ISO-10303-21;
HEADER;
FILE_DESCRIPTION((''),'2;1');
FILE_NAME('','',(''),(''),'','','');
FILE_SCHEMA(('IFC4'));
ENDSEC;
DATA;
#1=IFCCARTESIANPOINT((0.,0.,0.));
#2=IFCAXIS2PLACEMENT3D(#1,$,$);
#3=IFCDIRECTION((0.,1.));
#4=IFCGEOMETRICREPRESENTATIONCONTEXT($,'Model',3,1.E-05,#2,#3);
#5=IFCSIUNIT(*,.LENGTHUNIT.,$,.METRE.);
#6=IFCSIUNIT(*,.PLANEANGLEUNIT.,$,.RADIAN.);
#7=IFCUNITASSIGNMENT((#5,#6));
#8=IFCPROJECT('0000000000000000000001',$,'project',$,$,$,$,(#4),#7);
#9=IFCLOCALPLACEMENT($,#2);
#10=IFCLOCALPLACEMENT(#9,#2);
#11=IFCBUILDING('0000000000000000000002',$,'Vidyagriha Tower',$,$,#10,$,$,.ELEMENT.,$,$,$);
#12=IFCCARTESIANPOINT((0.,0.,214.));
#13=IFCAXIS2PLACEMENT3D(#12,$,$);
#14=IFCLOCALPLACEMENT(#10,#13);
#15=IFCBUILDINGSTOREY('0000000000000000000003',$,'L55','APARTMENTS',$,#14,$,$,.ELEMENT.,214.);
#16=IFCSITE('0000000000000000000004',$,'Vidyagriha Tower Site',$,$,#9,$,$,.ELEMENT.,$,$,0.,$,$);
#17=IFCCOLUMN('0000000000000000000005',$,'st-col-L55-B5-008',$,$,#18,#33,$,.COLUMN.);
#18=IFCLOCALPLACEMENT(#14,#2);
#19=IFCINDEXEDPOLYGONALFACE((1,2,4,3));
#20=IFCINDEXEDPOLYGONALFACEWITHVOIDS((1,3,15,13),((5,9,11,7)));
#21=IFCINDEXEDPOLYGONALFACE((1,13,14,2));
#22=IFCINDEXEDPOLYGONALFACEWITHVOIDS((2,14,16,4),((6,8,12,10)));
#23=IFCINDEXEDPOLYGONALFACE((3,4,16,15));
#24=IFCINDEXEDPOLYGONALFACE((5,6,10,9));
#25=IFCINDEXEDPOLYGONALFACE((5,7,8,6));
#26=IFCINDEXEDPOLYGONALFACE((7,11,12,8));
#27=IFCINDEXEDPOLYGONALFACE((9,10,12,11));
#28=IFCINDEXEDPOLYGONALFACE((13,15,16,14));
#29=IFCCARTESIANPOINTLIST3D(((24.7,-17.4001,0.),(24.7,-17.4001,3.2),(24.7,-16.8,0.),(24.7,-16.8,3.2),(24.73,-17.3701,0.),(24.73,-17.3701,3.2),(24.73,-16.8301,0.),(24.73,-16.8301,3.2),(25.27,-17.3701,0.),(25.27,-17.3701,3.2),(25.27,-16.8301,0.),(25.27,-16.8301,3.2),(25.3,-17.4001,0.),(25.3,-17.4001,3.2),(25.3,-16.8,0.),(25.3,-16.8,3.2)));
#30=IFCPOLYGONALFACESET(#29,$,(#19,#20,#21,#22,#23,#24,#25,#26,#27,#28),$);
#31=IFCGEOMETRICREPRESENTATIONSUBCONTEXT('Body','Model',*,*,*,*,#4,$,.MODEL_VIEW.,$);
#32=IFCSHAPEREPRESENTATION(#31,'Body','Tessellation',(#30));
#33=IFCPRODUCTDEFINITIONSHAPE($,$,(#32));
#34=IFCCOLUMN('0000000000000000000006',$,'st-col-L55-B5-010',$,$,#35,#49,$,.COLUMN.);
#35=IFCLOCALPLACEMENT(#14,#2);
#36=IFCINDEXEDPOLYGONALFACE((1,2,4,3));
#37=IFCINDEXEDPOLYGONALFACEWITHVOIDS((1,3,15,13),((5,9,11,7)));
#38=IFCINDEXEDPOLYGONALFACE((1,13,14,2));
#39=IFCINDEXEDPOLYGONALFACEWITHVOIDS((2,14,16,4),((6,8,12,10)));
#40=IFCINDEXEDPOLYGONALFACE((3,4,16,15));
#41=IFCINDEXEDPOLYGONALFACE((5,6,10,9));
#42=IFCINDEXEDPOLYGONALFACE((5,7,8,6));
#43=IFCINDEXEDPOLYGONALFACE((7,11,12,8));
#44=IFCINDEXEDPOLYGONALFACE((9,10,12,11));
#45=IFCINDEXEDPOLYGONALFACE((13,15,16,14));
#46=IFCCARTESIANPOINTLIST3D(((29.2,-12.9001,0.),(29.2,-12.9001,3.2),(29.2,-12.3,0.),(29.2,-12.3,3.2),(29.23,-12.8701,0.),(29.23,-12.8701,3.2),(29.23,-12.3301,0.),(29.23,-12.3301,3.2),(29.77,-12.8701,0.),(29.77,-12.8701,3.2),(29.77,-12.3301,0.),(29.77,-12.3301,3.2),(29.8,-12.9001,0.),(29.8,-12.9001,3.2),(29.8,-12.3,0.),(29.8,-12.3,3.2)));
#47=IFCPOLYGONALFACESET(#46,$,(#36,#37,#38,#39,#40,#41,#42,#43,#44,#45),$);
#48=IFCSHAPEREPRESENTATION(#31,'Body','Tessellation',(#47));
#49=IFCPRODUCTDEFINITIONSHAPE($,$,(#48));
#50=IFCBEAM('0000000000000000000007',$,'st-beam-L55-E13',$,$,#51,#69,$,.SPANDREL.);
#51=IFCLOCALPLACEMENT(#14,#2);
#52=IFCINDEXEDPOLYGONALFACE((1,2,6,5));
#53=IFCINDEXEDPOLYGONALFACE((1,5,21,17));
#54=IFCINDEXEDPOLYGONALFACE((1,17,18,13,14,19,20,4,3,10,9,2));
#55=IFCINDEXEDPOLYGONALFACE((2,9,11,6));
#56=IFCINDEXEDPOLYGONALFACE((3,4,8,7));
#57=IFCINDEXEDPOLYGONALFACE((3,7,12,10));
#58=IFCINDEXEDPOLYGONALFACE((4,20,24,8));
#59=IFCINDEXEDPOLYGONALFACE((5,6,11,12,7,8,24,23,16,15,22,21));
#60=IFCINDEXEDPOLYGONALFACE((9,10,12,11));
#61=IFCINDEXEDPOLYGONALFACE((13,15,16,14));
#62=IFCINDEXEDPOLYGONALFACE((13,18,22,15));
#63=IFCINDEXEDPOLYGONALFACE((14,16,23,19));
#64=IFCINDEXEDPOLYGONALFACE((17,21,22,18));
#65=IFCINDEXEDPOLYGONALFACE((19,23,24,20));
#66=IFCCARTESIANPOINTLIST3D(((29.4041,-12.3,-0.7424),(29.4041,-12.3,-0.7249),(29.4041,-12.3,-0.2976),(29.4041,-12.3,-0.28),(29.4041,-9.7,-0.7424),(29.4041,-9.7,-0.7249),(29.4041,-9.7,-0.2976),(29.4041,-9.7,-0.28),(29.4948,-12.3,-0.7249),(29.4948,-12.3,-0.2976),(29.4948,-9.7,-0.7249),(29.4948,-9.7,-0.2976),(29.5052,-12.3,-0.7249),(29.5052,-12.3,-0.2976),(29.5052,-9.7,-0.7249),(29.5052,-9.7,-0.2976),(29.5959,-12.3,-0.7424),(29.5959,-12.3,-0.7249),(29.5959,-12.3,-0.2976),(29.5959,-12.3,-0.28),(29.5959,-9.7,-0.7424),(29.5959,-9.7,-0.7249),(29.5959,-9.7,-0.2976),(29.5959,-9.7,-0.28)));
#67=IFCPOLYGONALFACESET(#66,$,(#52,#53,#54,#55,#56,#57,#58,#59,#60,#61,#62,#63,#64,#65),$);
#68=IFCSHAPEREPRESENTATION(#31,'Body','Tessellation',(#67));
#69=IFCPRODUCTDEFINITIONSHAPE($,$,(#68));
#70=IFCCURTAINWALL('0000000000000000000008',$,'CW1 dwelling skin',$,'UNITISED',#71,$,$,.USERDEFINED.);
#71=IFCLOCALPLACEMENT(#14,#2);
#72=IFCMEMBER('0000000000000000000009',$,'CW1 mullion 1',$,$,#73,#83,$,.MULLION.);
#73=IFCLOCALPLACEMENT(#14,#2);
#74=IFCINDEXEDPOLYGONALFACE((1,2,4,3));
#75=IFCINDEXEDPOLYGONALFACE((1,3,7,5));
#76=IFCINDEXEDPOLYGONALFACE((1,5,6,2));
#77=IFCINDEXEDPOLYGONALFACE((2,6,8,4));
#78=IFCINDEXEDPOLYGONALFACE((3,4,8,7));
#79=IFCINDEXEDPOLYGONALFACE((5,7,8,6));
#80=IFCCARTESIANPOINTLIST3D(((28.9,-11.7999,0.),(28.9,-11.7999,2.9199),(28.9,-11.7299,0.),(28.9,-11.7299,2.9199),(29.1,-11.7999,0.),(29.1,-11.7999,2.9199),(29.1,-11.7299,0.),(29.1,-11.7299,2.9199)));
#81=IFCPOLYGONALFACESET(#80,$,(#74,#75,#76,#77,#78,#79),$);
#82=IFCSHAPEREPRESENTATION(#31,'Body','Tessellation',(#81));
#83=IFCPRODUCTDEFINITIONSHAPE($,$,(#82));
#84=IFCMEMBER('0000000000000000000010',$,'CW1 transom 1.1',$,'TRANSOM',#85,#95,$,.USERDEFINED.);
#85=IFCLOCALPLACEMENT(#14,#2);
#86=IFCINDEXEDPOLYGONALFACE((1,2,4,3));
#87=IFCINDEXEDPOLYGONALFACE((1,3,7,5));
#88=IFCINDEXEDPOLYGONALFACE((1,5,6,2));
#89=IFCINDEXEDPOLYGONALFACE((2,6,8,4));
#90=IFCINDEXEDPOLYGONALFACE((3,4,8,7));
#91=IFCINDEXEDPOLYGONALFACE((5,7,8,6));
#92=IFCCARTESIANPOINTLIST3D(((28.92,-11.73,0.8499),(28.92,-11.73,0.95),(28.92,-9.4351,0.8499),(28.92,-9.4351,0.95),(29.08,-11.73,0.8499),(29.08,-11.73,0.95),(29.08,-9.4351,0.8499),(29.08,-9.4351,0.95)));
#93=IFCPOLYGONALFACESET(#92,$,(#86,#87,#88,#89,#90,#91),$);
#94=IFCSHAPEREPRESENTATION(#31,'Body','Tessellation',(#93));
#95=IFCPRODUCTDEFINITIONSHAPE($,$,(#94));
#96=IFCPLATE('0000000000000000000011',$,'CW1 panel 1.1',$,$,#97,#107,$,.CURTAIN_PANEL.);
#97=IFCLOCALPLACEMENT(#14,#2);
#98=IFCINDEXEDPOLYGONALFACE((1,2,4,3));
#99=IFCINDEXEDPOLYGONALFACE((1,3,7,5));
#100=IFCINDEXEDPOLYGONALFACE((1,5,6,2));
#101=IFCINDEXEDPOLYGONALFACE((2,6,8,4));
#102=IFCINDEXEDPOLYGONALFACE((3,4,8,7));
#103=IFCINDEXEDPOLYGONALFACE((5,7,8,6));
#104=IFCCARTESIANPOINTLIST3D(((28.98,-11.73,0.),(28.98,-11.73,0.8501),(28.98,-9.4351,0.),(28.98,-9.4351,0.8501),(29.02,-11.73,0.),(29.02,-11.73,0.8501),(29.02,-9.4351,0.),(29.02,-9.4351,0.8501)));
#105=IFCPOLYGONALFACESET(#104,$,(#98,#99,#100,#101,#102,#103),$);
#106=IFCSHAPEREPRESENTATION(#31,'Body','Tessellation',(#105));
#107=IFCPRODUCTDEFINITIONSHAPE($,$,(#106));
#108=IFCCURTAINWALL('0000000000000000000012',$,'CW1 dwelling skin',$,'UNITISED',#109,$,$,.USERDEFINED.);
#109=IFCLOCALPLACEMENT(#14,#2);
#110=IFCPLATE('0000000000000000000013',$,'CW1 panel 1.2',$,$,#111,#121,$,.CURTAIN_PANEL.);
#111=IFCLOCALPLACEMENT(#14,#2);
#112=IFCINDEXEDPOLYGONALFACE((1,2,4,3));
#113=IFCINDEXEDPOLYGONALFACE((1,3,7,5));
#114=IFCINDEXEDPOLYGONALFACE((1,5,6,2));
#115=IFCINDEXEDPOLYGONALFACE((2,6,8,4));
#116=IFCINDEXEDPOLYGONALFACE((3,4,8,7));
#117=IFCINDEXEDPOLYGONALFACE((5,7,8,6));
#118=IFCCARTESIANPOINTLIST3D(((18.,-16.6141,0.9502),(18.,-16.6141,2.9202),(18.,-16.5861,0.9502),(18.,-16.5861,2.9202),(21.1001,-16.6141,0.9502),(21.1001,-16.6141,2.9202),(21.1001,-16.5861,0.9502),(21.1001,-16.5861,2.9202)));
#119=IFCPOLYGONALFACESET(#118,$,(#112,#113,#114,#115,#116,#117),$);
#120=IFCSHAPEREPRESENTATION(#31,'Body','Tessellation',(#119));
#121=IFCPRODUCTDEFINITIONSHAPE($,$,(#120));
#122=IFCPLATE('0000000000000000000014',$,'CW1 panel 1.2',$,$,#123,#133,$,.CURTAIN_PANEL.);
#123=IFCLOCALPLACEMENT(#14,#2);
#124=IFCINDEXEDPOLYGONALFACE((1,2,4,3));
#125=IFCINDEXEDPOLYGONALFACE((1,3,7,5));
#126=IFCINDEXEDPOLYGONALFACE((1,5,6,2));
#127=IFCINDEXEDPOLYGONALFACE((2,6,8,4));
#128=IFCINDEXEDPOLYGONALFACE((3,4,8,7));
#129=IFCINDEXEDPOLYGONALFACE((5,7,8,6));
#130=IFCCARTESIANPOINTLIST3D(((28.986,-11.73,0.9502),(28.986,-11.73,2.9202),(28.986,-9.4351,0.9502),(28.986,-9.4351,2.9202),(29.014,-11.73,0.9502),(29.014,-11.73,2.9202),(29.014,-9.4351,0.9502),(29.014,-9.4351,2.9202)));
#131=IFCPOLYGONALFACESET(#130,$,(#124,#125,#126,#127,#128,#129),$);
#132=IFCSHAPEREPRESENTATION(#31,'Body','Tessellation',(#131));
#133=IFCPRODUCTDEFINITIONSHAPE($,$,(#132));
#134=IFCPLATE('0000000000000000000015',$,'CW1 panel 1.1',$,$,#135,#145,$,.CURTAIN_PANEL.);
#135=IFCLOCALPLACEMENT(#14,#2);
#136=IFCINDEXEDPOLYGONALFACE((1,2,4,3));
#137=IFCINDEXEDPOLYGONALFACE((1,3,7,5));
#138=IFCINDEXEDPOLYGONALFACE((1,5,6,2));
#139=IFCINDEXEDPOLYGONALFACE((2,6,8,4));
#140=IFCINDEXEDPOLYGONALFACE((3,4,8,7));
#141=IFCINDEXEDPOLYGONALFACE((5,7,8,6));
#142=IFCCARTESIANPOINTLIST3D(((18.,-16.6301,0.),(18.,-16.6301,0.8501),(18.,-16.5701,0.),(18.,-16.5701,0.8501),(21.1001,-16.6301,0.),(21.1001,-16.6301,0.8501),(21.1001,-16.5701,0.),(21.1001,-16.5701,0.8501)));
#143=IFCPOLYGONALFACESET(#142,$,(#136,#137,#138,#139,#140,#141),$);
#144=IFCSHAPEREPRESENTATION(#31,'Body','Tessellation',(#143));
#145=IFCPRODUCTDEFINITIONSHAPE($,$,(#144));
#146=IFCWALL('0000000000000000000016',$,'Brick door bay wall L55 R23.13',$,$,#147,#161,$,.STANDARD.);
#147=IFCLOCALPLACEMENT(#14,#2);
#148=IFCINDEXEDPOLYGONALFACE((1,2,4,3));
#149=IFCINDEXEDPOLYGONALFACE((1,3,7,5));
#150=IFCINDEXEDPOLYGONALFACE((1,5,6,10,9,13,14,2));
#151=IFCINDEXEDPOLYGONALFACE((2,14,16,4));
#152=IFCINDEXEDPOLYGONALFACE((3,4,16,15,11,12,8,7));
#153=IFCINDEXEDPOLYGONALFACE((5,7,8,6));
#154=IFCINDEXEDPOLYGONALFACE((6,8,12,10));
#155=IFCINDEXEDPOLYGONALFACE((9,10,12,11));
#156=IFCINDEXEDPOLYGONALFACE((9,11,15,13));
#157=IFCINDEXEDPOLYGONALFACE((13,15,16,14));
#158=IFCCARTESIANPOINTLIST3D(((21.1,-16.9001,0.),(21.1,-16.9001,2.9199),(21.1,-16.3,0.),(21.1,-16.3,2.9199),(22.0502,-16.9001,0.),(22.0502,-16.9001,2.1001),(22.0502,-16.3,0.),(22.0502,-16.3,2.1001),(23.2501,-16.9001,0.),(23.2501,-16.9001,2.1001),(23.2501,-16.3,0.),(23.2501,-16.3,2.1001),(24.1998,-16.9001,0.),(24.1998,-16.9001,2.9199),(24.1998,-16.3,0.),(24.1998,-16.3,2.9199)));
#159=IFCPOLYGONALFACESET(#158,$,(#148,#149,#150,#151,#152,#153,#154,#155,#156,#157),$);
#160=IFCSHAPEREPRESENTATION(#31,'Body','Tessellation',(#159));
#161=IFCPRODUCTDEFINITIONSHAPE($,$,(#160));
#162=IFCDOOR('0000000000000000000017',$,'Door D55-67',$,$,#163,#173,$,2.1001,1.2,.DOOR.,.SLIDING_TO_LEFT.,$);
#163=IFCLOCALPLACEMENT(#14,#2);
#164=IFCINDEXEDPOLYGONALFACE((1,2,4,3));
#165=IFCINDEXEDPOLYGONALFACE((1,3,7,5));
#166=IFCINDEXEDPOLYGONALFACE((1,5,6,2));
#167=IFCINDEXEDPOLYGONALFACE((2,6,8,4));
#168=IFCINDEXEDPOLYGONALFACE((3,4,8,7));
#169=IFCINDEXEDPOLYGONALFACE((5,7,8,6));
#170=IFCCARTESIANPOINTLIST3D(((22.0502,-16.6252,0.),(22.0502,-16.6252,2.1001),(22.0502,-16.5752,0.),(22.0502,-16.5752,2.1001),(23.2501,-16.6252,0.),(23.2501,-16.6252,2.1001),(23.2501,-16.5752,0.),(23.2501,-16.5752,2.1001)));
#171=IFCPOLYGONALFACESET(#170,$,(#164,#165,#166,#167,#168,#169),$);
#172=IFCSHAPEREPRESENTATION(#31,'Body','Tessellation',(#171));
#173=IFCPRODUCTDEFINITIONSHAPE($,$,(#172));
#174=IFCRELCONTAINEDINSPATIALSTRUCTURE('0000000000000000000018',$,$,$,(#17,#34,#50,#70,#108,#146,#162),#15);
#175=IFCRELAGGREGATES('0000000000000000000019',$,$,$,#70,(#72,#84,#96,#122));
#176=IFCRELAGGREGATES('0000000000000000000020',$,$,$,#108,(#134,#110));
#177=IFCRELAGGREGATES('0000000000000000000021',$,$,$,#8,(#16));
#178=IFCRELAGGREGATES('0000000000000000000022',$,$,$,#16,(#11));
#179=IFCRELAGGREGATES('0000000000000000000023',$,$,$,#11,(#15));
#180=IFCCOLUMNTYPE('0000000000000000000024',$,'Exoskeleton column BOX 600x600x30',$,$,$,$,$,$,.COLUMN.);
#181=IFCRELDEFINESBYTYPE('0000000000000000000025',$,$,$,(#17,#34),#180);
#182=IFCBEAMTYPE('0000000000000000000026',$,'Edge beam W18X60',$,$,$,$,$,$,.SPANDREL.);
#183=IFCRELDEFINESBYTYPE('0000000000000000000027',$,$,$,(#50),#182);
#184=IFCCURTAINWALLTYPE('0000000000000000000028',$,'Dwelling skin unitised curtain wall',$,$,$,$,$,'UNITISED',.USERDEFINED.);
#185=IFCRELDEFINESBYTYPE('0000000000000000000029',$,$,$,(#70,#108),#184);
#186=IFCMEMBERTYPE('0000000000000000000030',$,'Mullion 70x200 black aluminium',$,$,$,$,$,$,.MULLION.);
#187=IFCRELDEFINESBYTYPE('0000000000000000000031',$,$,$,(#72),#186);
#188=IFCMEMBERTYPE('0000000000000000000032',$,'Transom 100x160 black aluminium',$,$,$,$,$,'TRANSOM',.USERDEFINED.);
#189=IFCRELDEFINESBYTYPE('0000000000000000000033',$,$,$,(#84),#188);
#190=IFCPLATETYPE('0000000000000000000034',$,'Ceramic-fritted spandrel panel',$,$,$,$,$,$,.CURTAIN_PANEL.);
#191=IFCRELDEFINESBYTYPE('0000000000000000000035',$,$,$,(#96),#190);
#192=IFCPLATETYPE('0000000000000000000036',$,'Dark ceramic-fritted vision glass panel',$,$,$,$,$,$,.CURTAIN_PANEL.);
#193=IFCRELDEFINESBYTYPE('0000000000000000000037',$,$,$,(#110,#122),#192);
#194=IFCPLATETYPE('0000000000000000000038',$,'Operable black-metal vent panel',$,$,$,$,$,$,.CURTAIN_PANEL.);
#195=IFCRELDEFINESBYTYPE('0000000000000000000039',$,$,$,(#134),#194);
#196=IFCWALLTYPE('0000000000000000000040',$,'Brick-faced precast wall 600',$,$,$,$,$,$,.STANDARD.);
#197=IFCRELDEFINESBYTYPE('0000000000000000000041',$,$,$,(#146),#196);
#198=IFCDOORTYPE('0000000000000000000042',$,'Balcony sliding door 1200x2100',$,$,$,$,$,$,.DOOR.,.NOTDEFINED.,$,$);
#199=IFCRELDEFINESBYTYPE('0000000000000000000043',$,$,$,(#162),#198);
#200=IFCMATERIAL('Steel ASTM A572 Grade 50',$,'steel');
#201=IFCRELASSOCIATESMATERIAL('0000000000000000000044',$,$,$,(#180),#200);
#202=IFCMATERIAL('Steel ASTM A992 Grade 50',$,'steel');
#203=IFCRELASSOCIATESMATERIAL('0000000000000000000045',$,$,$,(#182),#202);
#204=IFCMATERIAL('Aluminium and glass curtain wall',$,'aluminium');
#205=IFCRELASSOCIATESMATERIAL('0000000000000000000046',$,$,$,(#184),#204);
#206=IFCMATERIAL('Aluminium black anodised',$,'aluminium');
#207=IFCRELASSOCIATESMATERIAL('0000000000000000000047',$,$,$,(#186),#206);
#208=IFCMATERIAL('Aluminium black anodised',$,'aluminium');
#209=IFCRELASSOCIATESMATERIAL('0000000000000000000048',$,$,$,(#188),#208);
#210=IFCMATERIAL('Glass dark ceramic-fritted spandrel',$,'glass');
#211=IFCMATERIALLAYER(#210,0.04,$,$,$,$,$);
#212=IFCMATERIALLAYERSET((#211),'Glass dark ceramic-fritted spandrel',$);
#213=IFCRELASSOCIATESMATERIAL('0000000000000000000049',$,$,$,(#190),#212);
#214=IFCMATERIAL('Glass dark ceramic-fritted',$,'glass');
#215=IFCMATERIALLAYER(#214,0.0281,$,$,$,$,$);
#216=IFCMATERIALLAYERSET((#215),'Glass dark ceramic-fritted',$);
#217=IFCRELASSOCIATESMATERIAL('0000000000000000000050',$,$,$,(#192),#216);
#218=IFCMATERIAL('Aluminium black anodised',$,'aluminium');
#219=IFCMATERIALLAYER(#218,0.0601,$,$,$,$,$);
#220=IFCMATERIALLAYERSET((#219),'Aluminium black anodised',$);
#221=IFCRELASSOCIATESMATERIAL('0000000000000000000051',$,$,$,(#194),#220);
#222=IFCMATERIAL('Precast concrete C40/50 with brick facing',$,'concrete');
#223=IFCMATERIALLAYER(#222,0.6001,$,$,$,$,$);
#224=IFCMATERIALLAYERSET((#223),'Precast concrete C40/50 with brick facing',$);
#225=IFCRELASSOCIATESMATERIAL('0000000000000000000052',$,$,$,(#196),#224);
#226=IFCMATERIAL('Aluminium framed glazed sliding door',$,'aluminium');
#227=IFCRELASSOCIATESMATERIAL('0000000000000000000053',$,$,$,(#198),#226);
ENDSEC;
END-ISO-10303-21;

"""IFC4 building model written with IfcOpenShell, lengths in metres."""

from ifc_helpers import new_model, si_unit, direction, frame, frame_2d, origin, origin_2d, place, context, subcontext, project, spatial, rectangle, hollow_rectangle, i_section, extrude, material, layer, layer_set, material_profile, profile_set, type_object, element, fill, aggregate, save


model = new_model("IFC4")

# Units and contexts
model_context = context("Model", 3, precision=1e-05, world=origin(), true_north=direction((0.0, 1.0)))
body_context = subcontext(model_context, "Body", "Model", "MODEL_VIEW")
ifc_project = project(units=[si_unit("LENGTHUNIT", "METRE"), si_unit("PLANEANGLEUNIT", "RADIAN")], contexts=[model_context])

# Site, building, storey
site_placement = place(None, origin())
site = spatial("IfcSite", under=ifc_project, at=site_placement, Name="Vidyagriha Tower Site", CompositionType="ELEMENT", RefElevation=0.0)
building_placement = place(site_placement, origin())
building = spatial("IfcBuilding", under=site, at=building_placement, Name="Vidyagriha Tower", CompositionType="ELEMENT")
storey_placement = place(building_placement, frame((0.0, 0.0, 214.0)))
storey = spatial("IfcBuildingStorey", under=building, at=storey_placement, Name="L55", Description="APARTMENTS", CompositionType="ELEMENT", Elevation=214.0)

# Columns
ifc_material_1 = material(Name="Steel ASTM A572 Grade 50", Category="steel")
ifc_material_profile_1 = material_profile(ifc_material_1, hollow_rectangle(XDim=0.6001, YDim=0.6001, WallThickness=0.03, at=origin_2d()), Name="BOX 600x600x30")
ifc_profile_set_1 = profile_set([ifc_material_profile_1], Name="Steel ASTM A572 Grade 50")
column_type = type_object("IfcColumnType", Name="Exoskeleton column BOX 600x600x30", PredefinedType="COLUMN", material=ifc_profile_set_1)
for number, where, name in (
    (1, (25.0, -17.1001, 0.0), "st-col-L55-B5-008"),
    (2, (29.5, -12.6001, 0.0), "st-col-L55-B5-010"),
):
    element("IfcColumn", number, at=place(storey_placement, frame(where)), inside=storey, type_object=column_type, Name=name, PredefinedType="COLUMN", context=body_context, shape_type="SweptSolid", body=[
        extrude(hollow_rectangle(XDim=0.6001, YDim=0.6001, WallThickness=0.03, at=origin_2d()), origin(), (0.0, 0.0, 1.0), 3.2),
    ])

# Beam
ifc_material_2 = material(Name="Steel ASTM A992 Grade 50", Category="steel")
ifc_material_profile_2 = material_profile(ifc_material_2, i_section(OverallWidth=0.1919, OverallDepth=0.4624, WebThickness=0.0105, FlangeThickness=0.0176, at=origin_2d()), Name="W18X60")
ifc_profile_set_2 = profile_set([ifc_material_profile_2], Name="Steel ASTM A992 Grade 50")
beam_type = type_object("IfcBeamType", Name="Edge beam W18X60", PredefinedType="SPANDREL", material=ifc_profile_set_2)
beam_placement = place(storey_placement, frame((29.5, -12.3, -0.5112), z_axis=(0.0, 1.0, 0.0), x_axis=(-1.0, 0.0, 0.0)))
element("IfcBeam", 3, at=beam_placement, inside=storey, type_object=beam_type, Name="st-beam-L55-E13", PredefinedType="SPANDREL", context=body_context, shape_type="SweptSolid", body=[
    extrude(i_section(OverallWidth=0.1919, OverallDepth=0.4624, WebThickness=0.0105, FlangeThickness=0.0176, at=origin_2d()), origin(), (0.0, 0.0, 1.0), 2.6001),
])

# Curtain wall, members, plate
ifc_material_3 = material(Name="Aluminium and glass curtain wall", Category="aluminium")
curtain_wall_type = type_object("IfcCurtainWallType", Name="Dwelling skin unitised curtain wall", ElementType="UNITISED", PredefinedType="USERDEFINED", material=ifc_material_3)
curtain_wall_1_placement = place(storey_placement, origin())
curtain_wall_1 = element("IfcCurtainWall", 4, at=curtain_wall_1_placement, inside=storey, type_object=curtain_wall_type, Name="CW1 dwelling skin", ObjectType="UNITISED", PredefinedType="USERDEFINED")
ifc_material_4 = material(Name="Aluminium black anodised", Category="aluminium")
ifc_material_profile_3 = material_profile(ifc_material_4, rectangle(XDim=0.2, YDim=0.0701, at=origin_2d()), Name="Mullion 70x200 black aluminium")
ifc_profile_set_3 = profile_set([ifc_material_profile_3], Name="Aluminium black anodised")
member_type_1 = type_object("IfcMemberType", Name="Mullion 70x200 black aluminium", PredefinedType="MULLION", material=ifc_profile_set_3)
member_1_placement = place(storey_placement, frame((29.0, -11.7649, 0.0), z_axis=(0.0, 0.0, 1.0), x_axis=(-1.0, 0.0, 0.0)))
member_1 = element("IfcMember", 5, at=member_1_placement, type_object=member_type_1, Name="CW1 mullion 1", PredefinedType="MULLION", context=body_context, shape_type="SweptSolid", body=[
    extrude(rectangle(XDim=0.2, YDim=0.0701, at=origin_2d()), origin(), (0.0, 0.0, 1.0), 2.9199),
])
ifc_material_5 = material(Name="Aluminium black anodised", Category="aluminium")
ifc_material_profile_4 = material_profile(ifc_material_5, rectangle(XDim=0.1599, YDim=0.1001, at=origin_2d()), Name="Transom 100x160 black aluminium")
ifc_profile_set_4 = profile_set([ifc_material_profile_4], Name="Aluminium black anodised")
member_type_2 = type_object("IfcMemberType", Name="Transom 100x160 black aluminium", ElementType="TRANSOM", PredefinedType="USERDEFINED", material=ifc_profile_set_4)
member_2_placement = place(storey_placement, frame((29.0, -11.73, 0.8999), z_axis=(0.0, 1.0, 0.0), x_axis=(-1.0, 0.0, 0.0)))
member_2 = element("IfcMember", 6, at=member_2_placement, type_object=member_type_2, Name="CW1 transom 1.1", ObjectType="TRANSOM", PredefinedType="USERDEFINED", context=body_context, shape_type="SweptSolid", body=[
    extrude(rectangle(XDim=0.1599, YDim=0.1001, at=origin_2d()), origin(), (0.0, 0.0, 1.0), 2.2949),
])
ifc_material_6 = material(Name="Glass dark ceramic-fritted spandrel", Category="glass")
ifc_layer_1 = layer(ifc_material_6, 0.04)
ifc_layer_set_1 = layer_set([ifc_layer_1], Name="Glass dark ceramic-fritted spandrel")
plate_type_1 = type_object("IfcPlateType", Name="Ceramic-fritted spandrel panel", PredefinedType="CURTAIN_PANEL", material=ifc_layer_set_1)
plate_1_placement = place(storey_placement, frame((29.0, -10.5825, 0.0), z_axis=(0.0, 0.0, 1.0), x_axis=(0.0, 1.0, 0.0)))
plate_1 = element("IfcPlate", 7, at=plate_1_placement, type_object=plate_type_1, Name="CW1 panel 1.1", PredefinedType="CURTAIN_PANEL", context=body_context, shape_type="SweptSolid", body=[
    extrude(rectangle(XDim=2.2949, YDim=0.04, at=origin_2d()), origin(), (0.0, 0.0, 1.0), 0.8501),
])

# Curtain wall, plate
curtain_wall_2_placement = place(storey_placement, origin())
curtain_wall_2 = element("IfcCurtainWall", 8, at=curtain_wall_2_placement, inside=storey, type_object=curtain_wall_type, Name="CW1 dwelling skin", ObjectType="UNITISED", PredefinedType="USERDEFINED")
ifc_material_7 = material(Name="Glass dark ceramic-fritted", Category="glass")
ifc_layer_2 = layer(ifc_material_7, 0.0281)
ifc_layer_set_2 = layer_set([ifc_layer_2], Name="Glass dark ceramic-fritted")
plate_type_2 = type_object("IfcPlateType", Name="Dark ceramic-fritted vision glass panel", PredefinedType="CURTAIN_PANEL", material=ifc_layer_set_2)
plate_2_placement = place(storey_placement, frame((19.55, -16.6001, 0.9502)))
plate_2 = element("IfcPlate", 9, at=plate_2_placement, type_object=plate_type_2, Name="CW1 panel 1.2", PredefinedType="CURTAIN_PANEL", context=body_context, shape_type="SweptSolid", body=[
    extrude(rectangle(XDim=3.1001, YDim=0.0281, at=origin_2d()), origin(), (0.0, 0.0, 1.0), 1.97),
])

# Plates
plate_3_placement = place(storey_placement, frame((29.0, -10.5825, 0.9502), z_axis=(0.0, 0.0, 1.0), x_axis=(0.0, 1.0, 0.0)))
plate_3 = element("IfcPlate", 10, at=plate_3_placement, type_object=plate_type_2, Name="CW1 panel 1.2", PredefinedType="CURTAIN_PANEL", context=body_context, shape_type="SweptSolid", body=[
    extrude(rectangle(XDim=2.2949, YDim=0.0281, at=origin_2d()), origin(), (0.0, 0.0, 1.0), 1.97),
])
aggregate(curtain_wall_1, [member_1, member_2, plate_1, plate_3])
ifc_material_8 = material(Name="Aluminium black anodised", Category="aluminium")
ifc_layer_3 = layer(ifc_material_8, 0.0601)
ifc_layer_set_3 = layer_set([ifc_layer_3], Name="Aluminium black anodised")
plate_type_3 = type_object("IfcPlateType", Name="Operable black-metal vent panel", PredefinedType="CURTAIN_PANEL", material=ifc_layer_set_3)
plate_4_placement = place(storey_placement, frame((19.55, -16.6001, 0.0)))
plate_4 = element("IfcPlate", 11, at=plate_4_placement, type_object=plate_type_3, Name="CW1 panel 1.1", PredefinedType="CURTAIN_PANEL", context=body_context, shape_type="SweptSolid", body=[
    extrude(rectangle(XDim=3.1001, YDim=0.0601, at=origin_2d()), origin(), (0.0, 0.0, 1.0), 0.8501),
])
aggregate(curtain_wall_2, [plate_4, plate_2])

# Wall, opening, door
ifc_material_9 = material(Name="Precast concrete C40/50 with brick facing", Category="concrete")
ifc_layer_4 = layer(ifc_material_9, 0.6001)
ifc_layer_set_4 = layer_set([ifc_layer_4], Name="Precast concrete C40/50 with brick facing")
wall_type_1 = type_object("IfcWallType", Name="Brick-faced precast wall 600", PredefinedType="STANDARD", material=ifc_layer_set_4)
wall_1_placement = place(storey_placement, frame((21.1001, -16.6001, 0.0)))
wall_1 = element("IfcWall", 12, at=wall_1_placement, inside=storey, type_object=wall_type_1, Name="Brick door bay wall L55 R23.13", PredefinedType="STANDARD", context=body_context, shape_type="SweptSolid", body=[
    extrude(rectangle(XDim=3.0999, YDim=0.6001, at=frame_2d((1.5498, 0.0))), origin(), (0.0, 0.0, 1.0), 2.9199),
])
opening_1_placement = place(wall_1_placement, frame((0.95, 0.0, 0.0)))
opening_1 = element("IfcOpeningElement", 13, at=opening_1_placement, cuts=wall_1, PredefinedType="OPENING", context=body_context, shape_type="SweptSolid", body=[
    extrude(rectangle(XDim=1.2, YDim=2.1001, at=frame_2d((0.6001, 1.05))), frame((0.0, 0.3101, 0.0), z_axis=(0.0, -1.0, 0.0), x_axis=(1.0, 0.0, 0.0)), (0.0, 0.0, 1.0), 0.6201),
])
ifc_material_10 = material(Name="Aluminium framed glazed sliding door", Category="aluminium")
door_type = type_object("IfcDoorType", Name="Balcony sliding door 1200x2100", OperationType="NOTDEFINED", PredefinedType="DOOR", material=ifc_material_10)
door_placement = place(opening_1_placement, origin())
door = element("IfcDoor", 14, at=door_placement, inside=storey, type_object=door_type, Name="Door D55-67", OperationType="SLIDING_TO_LEFT", OverallHeight=2.1001, OverallWidth=1.2, PredefinedType="DOOR", context=body_context, shape_type="SweptSolid", body=[
    extrude(rectangle(XDim=1.2, YDim=2.1001, at=frame_2d((0.6001, 1.05))), frame((0.0, 0.0249, 0.0), z_axis=(0.0, -1.0, 0.0), x_axis=(1.0, 0.0, 0.0)), (0.0, 0.0, 1.0), 0.05),
])
fill(opening_1, door)

save(model, "model.ifc")
